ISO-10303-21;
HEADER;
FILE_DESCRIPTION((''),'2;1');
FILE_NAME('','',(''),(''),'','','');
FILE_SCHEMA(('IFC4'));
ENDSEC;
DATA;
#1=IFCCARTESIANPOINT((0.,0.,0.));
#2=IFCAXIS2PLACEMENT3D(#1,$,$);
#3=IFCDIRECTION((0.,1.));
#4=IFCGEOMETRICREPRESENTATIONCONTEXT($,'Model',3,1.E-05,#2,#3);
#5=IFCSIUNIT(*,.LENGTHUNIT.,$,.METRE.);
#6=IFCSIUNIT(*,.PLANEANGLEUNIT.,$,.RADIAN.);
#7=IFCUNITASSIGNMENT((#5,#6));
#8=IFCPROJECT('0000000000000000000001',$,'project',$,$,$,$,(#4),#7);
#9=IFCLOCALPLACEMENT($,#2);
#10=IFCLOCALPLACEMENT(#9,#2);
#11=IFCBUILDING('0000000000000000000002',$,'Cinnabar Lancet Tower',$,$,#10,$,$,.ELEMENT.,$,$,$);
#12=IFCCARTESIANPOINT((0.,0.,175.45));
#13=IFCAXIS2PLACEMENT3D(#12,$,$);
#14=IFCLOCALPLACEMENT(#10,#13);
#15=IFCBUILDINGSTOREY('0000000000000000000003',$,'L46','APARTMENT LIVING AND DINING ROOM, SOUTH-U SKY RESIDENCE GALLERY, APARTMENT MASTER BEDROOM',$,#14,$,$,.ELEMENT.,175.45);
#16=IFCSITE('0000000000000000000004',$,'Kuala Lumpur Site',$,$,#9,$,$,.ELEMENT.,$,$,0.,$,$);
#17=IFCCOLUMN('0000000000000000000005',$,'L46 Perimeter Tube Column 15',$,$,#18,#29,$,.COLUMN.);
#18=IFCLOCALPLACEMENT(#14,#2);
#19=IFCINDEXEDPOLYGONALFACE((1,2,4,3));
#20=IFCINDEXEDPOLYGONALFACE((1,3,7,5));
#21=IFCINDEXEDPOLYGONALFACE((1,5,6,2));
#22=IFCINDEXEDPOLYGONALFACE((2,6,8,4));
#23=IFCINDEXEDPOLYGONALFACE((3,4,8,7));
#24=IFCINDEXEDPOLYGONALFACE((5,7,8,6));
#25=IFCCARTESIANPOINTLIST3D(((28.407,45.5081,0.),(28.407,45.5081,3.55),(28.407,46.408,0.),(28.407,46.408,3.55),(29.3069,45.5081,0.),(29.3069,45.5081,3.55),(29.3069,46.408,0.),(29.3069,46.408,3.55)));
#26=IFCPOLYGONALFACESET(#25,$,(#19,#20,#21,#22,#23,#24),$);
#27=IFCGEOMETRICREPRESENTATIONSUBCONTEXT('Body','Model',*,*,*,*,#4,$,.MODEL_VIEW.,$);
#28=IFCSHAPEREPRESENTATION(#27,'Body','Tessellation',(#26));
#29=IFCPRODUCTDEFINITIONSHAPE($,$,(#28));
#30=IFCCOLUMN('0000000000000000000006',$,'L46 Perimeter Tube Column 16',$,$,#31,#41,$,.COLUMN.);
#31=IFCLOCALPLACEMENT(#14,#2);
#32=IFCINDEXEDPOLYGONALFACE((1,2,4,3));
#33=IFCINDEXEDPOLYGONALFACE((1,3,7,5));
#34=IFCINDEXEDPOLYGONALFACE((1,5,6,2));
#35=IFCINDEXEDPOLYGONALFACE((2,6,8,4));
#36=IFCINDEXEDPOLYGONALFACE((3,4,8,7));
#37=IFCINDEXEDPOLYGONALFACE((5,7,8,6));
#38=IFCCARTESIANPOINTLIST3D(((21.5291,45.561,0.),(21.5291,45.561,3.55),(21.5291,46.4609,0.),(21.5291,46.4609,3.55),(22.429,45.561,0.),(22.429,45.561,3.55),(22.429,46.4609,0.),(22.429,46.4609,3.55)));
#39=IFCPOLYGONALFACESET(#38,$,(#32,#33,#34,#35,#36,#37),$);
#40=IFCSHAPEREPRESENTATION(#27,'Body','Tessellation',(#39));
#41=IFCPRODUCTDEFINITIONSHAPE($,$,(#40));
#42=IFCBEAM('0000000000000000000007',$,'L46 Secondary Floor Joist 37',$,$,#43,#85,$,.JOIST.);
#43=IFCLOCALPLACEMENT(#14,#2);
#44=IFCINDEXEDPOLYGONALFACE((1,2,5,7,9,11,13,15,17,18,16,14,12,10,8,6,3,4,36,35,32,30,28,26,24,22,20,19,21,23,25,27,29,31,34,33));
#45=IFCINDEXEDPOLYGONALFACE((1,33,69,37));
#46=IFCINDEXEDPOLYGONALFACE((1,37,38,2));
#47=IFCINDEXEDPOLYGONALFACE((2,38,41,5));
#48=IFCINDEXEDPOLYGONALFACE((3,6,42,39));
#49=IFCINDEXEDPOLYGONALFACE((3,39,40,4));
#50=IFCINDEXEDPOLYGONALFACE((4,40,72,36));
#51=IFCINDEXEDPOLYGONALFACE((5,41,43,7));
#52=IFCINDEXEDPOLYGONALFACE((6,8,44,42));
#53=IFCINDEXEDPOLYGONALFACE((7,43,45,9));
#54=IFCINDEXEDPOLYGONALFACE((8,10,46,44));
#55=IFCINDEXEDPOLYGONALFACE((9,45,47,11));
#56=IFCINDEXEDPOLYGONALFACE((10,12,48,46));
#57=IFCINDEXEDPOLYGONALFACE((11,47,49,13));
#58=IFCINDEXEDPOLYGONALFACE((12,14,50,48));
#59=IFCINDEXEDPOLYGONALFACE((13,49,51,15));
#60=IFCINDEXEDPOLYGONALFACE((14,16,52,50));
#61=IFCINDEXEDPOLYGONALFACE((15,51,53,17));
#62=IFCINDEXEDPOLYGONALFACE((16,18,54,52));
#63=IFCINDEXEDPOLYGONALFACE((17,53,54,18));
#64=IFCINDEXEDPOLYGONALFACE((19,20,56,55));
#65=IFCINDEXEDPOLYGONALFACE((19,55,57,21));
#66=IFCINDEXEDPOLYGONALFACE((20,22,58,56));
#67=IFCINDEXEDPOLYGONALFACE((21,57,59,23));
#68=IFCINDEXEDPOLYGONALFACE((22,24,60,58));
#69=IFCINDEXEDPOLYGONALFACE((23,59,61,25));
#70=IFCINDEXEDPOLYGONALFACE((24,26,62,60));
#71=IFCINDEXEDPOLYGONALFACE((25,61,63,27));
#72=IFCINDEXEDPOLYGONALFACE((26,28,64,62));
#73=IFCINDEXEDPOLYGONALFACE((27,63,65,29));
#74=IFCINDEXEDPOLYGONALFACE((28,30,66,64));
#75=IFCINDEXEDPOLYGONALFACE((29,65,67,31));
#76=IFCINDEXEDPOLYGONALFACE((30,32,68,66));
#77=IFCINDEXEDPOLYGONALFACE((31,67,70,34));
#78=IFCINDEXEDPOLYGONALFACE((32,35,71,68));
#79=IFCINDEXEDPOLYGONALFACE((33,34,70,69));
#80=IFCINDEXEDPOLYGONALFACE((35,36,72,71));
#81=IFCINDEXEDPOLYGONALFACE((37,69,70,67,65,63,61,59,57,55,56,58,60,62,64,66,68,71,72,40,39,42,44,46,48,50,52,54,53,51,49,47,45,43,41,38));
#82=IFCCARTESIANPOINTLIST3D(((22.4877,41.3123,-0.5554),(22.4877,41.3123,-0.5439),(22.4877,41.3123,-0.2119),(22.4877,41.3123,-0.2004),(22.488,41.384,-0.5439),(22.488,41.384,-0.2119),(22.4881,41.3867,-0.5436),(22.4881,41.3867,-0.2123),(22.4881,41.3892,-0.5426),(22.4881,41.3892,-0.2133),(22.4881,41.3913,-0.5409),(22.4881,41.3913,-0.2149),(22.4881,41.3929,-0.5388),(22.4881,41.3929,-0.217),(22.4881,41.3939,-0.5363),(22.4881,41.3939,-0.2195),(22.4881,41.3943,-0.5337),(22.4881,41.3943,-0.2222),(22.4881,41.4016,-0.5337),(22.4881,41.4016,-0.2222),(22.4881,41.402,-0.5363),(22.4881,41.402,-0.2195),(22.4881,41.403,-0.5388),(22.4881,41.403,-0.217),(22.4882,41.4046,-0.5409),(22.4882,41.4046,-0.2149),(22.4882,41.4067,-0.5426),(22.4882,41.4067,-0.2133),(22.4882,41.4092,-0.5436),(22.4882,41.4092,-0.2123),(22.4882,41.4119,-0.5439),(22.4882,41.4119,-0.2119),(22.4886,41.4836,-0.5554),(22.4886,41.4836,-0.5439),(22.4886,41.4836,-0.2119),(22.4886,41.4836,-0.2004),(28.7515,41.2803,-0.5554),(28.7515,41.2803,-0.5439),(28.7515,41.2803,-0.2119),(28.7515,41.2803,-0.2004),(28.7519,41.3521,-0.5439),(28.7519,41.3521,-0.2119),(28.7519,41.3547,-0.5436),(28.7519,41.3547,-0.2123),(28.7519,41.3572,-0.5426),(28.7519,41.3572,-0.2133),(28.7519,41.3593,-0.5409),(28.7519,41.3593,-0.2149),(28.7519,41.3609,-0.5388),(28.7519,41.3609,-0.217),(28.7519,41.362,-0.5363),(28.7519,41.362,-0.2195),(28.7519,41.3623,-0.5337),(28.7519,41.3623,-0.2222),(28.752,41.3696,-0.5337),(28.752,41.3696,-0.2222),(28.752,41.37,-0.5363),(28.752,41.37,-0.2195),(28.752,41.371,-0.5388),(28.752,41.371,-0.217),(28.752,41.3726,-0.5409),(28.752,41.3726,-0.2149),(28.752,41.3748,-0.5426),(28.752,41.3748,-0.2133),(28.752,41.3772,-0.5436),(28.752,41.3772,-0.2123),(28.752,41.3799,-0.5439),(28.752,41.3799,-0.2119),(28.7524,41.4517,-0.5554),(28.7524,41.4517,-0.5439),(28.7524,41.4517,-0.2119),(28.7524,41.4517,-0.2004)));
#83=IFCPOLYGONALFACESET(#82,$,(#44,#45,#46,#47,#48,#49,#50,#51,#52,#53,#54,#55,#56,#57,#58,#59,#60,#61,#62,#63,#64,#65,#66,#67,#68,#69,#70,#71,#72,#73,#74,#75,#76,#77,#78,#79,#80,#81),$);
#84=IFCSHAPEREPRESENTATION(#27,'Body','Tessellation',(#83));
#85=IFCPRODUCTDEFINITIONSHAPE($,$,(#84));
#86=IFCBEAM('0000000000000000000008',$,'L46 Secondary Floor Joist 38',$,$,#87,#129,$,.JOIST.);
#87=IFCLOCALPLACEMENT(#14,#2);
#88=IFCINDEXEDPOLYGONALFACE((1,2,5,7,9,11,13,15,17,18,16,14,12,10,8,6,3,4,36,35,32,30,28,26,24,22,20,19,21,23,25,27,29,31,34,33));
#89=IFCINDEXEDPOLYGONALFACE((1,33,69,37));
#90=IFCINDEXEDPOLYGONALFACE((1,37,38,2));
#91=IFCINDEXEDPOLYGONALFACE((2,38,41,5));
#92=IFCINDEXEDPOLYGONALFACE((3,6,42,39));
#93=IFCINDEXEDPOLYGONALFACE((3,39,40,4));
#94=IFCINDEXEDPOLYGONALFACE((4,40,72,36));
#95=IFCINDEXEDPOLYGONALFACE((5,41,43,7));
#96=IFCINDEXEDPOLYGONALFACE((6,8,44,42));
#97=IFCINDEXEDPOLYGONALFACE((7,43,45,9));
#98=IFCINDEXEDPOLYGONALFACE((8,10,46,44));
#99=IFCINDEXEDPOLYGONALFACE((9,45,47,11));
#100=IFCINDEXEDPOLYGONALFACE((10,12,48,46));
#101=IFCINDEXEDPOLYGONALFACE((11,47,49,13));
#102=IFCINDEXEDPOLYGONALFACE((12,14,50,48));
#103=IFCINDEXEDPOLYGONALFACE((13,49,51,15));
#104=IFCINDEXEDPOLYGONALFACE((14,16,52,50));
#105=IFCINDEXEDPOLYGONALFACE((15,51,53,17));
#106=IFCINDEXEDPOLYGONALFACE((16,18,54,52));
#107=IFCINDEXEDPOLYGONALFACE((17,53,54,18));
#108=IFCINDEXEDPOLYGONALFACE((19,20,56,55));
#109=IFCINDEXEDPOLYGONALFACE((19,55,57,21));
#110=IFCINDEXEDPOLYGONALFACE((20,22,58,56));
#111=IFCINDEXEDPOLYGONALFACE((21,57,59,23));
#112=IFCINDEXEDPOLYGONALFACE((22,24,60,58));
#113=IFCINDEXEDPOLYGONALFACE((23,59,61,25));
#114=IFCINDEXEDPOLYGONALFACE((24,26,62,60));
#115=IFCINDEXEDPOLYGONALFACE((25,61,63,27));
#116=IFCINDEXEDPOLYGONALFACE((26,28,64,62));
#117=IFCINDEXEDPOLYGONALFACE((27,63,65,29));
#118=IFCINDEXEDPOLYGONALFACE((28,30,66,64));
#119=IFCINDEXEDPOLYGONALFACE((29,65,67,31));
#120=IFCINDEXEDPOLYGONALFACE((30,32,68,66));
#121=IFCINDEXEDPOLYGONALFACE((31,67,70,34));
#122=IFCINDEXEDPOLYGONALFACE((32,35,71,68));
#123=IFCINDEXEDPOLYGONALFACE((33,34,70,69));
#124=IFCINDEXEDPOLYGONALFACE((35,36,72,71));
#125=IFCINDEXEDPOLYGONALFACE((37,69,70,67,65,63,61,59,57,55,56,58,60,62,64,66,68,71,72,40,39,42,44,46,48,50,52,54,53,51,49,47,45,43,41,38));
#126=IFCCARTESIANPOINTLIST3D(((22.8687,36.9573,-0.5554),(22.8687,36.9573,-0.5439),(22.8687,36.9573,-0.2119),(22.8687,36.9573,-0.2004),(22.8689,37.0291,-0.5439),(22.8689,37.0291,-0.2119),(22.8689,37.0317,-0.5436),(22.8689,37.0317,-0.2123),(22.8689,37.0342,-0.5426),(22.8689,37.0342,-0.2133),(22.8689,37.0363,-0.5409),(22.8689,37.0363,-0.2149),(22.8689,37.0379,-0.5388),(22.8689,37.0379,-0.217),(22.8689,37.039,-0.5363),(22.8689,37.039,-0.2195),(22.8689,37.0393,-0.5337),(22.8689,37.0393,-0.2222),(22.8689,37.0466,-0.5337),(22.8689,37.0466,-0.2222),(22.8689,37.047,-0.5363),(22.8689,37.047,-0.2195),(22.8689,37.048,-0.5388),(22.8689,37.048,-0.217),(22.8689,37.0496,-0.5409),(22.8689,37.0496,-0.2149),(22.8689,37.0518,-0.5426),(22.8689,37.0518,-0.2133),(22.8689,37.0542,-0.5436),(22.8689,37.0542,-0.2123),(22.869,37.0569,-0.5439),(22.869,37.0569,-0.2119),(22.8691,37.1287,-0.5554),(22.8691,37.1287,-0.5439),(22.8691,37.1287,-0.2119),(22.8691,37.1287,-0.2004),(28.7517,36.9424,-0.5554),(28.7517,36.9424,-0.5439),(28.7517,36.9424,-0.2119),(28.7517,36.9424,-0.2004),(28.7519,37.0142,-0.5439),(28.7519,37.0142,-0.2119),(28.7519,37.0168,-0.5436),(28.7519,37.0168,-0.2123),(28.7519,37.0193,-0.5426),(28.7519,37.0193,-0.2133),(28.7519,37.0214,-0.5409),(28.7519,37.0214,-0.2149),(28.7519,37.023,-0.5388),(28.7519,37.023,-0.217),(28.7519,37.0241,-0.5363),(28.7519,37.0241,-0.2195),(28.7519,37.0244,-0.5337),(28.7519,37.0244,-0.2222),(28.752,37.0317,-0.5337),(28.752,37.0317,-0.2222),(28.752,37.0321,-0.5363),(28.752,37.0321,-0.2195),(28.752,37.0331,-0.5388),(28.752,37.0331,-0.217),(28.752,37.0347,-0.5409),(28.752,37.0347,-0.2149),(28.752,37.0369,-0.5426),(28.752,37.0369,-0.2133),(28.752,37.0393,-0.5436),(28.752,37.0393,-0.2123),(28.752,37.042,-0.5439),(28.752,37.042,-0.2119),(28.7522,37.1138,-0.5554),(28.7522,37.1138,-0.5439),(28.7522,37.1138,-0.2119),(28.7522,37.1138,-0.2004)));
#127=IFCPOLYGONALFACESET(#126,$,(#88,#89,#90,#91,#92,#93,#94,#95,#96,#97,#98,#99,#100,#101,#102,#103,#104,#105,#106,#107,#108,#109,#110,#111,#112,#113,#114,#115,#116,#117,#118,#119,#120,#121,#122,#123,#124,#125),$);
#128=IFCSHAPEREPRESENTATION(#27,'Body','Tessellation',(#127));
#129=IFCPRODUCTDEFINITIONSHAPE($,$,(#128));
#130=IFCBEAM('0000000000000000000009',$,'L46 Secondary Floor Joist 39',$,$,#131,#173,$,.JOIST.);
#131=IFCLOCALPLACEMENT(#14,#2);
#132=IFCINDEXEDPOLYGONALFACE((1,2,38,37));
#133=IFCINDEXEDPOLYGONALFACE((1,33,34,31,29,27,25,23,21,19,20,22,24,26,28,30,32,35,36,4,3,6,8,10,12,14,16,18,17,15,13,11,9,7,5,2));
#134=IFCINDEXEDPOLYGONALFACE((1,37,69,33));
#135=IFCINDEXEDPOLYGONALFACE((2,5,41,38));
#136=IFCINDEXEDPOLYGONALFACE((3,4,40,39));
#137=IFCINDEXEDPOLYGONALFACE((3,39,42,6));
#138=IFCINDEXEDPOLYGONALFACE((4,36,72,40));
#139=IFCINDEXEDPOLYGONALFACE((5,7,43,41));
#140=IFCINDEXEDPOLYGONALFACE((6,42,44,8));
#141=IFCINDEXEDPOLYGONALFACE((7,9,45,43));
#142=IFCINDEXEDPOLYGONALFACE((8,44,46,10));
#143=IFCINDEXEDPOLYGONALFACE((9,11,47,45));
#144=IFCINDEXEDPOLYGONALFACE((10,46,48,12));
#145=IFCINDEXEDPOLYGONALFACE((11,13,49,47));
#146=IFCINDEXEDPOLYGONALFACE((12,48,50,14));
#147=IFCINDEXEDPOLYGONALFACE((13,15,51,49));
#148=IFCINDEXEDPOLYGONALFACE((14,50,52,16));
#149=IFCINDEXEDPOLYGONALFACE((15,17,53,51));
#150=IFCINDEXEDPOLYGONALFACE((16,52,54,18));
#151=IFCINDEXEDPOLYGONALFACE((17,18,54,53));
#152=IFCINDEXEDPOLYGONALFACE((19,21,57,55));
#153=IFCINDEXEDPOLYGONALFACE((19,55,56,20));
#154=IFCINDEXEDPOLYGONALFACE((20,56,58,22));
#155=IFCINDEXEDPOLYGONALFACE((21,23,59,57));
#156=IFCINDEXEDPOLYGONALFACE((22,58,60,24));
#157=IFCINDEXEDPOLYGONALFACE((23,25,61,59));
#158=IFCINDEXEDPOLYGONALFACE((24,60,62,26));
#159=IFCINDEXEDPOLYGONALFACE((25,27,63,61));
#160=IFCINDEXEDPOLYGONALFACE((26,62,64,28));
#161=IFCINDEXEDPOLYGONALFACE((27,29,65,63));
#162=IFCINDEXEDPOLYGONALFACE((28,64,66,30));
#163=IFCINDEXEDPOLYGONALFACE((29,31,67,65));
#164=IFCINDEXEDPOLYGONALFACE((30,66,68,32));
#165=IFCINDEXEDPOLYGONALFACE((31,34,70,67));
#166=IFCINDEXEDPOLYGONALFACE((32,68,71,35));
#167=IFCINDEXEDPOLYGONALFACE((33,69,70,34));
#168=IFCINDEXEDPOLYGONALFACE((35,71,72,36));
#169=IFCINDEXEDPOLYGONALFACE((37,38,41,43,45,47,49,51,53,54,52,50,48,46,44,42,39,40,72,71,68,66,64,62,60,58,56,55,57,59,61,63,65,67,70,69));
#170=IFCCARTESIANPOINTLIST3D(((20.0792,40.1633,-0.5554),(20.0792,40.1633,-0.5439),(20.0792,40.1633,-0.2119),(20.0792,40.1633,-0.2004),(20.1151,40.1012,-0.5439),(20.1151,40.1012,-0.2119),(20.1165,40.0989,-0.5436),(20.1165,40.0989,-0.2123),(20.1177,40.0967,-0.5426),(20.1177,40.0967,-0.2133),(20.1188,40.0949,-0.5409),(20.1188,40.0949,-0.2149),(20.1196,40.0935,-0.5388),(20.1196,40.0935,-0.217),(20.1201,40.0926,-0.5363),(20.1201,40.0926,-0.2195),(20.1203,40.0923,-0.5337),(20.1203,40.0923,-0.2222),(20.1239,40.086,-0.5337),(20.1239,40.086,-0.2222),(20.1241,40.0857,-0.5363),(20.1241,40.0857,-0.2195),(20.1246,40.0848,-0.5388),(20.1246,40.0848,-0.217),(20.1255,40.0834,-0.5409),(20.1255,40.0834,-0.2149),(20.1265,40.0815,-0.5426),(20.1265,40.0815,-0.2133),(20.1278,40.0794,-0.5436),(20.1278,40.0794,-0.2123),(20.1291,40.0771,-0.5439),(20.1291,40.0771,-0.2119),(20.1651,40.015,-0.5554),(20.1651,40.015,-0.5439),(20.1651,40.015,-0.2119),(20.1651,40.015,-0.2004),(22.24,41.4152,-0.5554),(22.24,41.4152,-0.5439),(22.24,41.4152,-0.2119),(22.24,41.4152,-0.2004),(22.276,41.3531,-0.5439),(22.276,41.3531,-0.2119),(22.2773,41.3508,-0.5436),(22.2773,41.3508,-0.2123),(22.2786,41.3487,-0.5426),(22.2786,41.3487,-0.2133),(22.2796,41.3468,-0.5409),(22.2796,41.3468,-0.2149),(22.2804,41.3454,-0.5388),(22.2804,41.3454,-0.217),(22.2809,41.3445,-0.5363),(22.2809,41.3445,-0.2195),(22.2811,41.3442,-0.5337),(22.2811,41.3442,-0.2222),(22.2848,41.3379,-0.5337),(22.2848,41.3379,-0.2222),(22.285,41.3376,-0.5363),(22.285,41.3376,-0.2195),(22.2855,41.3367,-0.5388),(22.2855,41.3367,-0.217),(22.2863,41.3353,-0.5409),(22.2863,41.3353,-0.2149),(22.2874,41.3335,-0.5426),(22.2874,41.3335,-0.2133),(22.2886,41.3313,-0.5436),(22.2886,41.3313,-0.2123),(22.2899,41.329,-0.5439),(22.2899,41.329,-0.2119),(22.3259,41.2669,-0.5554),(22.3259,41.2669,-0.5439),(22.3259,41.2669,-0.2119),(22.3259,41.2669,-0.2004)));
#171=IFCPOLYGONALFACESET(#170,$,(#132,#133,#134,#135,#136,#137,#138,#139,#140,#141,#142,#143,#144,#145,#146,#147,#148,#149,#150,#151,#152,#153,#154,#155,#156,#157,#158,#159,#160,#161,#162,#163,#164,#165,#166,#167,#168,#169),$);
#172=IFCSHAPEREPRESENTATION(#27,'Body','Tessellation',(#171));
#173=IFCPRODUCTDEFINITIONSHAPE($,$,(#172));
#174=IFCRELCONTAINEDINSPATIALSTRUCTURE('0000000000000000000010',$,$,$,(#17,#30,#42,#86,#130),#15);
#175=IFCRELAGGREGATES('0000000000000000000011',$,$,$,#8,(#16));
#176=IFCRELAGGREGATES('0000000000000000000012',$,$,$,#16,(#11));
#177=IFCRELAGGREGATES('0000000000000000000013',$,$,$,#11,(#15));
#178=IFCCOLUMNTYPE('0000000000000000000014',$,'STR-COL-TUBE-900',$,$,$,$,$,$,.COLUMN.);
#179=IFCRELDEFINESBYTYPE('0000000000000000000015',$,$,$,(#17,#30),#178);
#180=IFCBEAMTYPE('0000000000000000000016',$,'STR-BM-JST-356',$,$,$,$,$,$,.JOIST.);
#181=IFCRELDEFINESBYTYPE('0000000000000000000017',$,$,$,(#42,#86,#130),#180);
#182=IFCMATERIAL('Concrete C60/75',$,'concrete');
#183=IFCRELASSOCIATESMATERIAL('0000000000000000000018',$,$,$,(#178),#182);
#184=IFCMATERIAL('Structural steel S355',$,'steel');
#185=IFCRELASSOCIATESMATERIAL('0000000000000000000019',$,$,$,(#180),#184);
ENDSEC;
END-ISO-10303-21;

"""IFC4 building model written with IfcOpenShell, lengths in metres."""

from ifc_helpers import new_model, si_unit, direction, frame, origin, origin_2d, place, context, subcontext, project, spatial, rectangle, i_section, extrude, material, material_profile, profile_set, type_object, element, save


model = new_model("IFC4")

# Units and contexts
model_context = context("Model", 3, precision=1e-05, world=origin(), true_north=direction((0.0, 1.0)))
body_context = subcontext(model_context, "Body", "Model", "MODEL_VIEW")
ifc_project = project(units=[si_unit("LENGTHUNIT", "METRE"), si_unit("PLANEANGLEUNIT", "RADIAN")], contexts=[model_context])

# Site, building, storey
site_placement = place(None, origin())
site = spatial("IfcSite", under=ifc_project, at=site_placement, Name="Kuala Lumpur Site", CompositionType="ELEMENT", RefElevation=0.0)
building_placement = place(site_placement, origin())
building = spatial("IfcBuilding", under=site, at=building_placement, Name="Cinnabar Lancet Tower", CompositionType="ELEMENT")
storey_placement = place(building_placement, frame((0.0, 0.0, 175.45)))
storey = spatial("IfcBuildingStorey", under=building, at=storey_placement, Name="L46", Description="APARTMENT LIVING AND DINING ROOM, SOUTH-U SKY RESIDENCE GALLERY, APARTMENT MASTER BEDROOM", CompositionType="ELEMENT", Elevation=175.45)

# Columns
ifc_material_1 = material(Name="Concrete C60/75", Category="concrete")
ifc_material_profile_1 = material_profile(ifc_material_1, rectangle(XDim=0.8999, YDim=0.8999, at=origin_2d()), Name="RC-COL 900x900")
ifc_profile_set_1 = profile_set([ifc_material_profile_1], Name="Concrete C60/75")
column_type = type_object("IfcColumnType", Name="STR-COL-TUBE-900", PredefinedType="COLUMN", material=ifc_profile_set_1)
for number, where, z_axis, x_axis, name in (
    (1, (28.8569, 45.958, 0.0), (0.0, 0.0, 1.0), (1.0, 0.0, 0.0), "L46 Perimeter Tube Column 15"),
    (2, (21.979, 46.011, 0.0), (0.0, 0.0, 1.0), (1.0, 0.0, 0.0), "L46 Perimeter Tube Column 16"),
):
    element("IfcColumn", number, at=place(storey_placement, frame(where, z_axis=z_axis, x_axis=x_axis)), inside=storey, type_object=column_type, Name=name, PredefinedType="COLUMN", context=body_context, shape_type="SweptSolid", body=[
        extrude(rectangle(XDim=0.8999, YDim=0.8999, at=origin_2d()), origin(), (0.0, 0.0, 1.0), 3.55),
    ])

# Beams
ifc_material_2 = material(Name="Structural steel S355", Category="steel")
ifc_material_profile_2 = material_profile(ifc_material_2, i_section(OverallWidth=0.1714, OverallDepth=0.355, WebThickness=0.0073, FlangeThickness=0.0115, FilletRadius=0.0103, at=origin_2d()), Name="UKB 356x171x51")
ifc_profile_set_2 = profile_set([ifc_material_profile_2], Name="Structural steel S355")
beam_type_1 = type_object("IfcBeamType", Name="STR-BM-JST-356", PredefinedType="JOIST", material=ifc_profile_set_2)
beam_1_placement = place(storey_placement, frame((28.752, 41.366, -0.3779), z_axis=(-0.999987, 0.005106, 0.0), x_axis=(-0.005106, -0.999987, 0.0)))
element("IfcBeam", 3, at=beam_1_placement, inside=storey, type_object=beam_type_1, Name="L46 Secondary Floor Joist 37", PredefinedType="JOIST", context=body_context, shape_type="SweptSolid", body=[
    extrude(i_section(OverallWidth=0.1714, OverallDepth=0.355, WebThickness=0.0073, FlangeThickness=0.0115, FilletRadius=0.0103, at=origin_2d()), origin(), (0.0, 0.0, 1.0), 6.2639),
])
beam_2_placement = place(storey_placement, frame((28.752, 37.0281, -0.3779), z_axis=(-0.999997, 0.002531, 0.0), x_axis=(-0.002531, -0.999997, 0.0)))
element("IfcBeam", 4, at=beam_2_placement, inside=storey, type_object=beam_type_1, Name="L46 Secondary Floor Joist 38", PredefinedType="JOIST", context=body_context, shape_type="SweptSolid", body=[
    extrude(i_section(OverallWidth=0.1714, OverallDepth=0.355, WebThickness=0.0073, FlangeThickness=0.0115, FilletRadius=0.0103, at=origin_2d()), origin(), (0.0, 0.0, 1.0), 5.8831),
])
beam_3_placement = place(storey_placement, frame((22.283, 41.3411, -0.3779), z_axis=(-0.865268, -0.50131, 0.0), x_axis=(0.50131, -0.865268, 0.0)))
element("IfcBeam", 5, at=beam_3_placement, inside=storey, type_object=beam_type_1, Name="L46 Secondary Floor Joist 39", PredefinedType="JOIST", context=body_context, shape_type="SweptSolid", body=[
    extrude(i_section(OverallWidth=0.1714, OverallDepth=0.355, WebThickness=0.0073, FlangeThickness=0.0115, FilletRadius=0.0103, at=origin_2d()), origin(), (0.0, 0.0, 1.0), 2.4973),
])

save(model, "model.ifc")
